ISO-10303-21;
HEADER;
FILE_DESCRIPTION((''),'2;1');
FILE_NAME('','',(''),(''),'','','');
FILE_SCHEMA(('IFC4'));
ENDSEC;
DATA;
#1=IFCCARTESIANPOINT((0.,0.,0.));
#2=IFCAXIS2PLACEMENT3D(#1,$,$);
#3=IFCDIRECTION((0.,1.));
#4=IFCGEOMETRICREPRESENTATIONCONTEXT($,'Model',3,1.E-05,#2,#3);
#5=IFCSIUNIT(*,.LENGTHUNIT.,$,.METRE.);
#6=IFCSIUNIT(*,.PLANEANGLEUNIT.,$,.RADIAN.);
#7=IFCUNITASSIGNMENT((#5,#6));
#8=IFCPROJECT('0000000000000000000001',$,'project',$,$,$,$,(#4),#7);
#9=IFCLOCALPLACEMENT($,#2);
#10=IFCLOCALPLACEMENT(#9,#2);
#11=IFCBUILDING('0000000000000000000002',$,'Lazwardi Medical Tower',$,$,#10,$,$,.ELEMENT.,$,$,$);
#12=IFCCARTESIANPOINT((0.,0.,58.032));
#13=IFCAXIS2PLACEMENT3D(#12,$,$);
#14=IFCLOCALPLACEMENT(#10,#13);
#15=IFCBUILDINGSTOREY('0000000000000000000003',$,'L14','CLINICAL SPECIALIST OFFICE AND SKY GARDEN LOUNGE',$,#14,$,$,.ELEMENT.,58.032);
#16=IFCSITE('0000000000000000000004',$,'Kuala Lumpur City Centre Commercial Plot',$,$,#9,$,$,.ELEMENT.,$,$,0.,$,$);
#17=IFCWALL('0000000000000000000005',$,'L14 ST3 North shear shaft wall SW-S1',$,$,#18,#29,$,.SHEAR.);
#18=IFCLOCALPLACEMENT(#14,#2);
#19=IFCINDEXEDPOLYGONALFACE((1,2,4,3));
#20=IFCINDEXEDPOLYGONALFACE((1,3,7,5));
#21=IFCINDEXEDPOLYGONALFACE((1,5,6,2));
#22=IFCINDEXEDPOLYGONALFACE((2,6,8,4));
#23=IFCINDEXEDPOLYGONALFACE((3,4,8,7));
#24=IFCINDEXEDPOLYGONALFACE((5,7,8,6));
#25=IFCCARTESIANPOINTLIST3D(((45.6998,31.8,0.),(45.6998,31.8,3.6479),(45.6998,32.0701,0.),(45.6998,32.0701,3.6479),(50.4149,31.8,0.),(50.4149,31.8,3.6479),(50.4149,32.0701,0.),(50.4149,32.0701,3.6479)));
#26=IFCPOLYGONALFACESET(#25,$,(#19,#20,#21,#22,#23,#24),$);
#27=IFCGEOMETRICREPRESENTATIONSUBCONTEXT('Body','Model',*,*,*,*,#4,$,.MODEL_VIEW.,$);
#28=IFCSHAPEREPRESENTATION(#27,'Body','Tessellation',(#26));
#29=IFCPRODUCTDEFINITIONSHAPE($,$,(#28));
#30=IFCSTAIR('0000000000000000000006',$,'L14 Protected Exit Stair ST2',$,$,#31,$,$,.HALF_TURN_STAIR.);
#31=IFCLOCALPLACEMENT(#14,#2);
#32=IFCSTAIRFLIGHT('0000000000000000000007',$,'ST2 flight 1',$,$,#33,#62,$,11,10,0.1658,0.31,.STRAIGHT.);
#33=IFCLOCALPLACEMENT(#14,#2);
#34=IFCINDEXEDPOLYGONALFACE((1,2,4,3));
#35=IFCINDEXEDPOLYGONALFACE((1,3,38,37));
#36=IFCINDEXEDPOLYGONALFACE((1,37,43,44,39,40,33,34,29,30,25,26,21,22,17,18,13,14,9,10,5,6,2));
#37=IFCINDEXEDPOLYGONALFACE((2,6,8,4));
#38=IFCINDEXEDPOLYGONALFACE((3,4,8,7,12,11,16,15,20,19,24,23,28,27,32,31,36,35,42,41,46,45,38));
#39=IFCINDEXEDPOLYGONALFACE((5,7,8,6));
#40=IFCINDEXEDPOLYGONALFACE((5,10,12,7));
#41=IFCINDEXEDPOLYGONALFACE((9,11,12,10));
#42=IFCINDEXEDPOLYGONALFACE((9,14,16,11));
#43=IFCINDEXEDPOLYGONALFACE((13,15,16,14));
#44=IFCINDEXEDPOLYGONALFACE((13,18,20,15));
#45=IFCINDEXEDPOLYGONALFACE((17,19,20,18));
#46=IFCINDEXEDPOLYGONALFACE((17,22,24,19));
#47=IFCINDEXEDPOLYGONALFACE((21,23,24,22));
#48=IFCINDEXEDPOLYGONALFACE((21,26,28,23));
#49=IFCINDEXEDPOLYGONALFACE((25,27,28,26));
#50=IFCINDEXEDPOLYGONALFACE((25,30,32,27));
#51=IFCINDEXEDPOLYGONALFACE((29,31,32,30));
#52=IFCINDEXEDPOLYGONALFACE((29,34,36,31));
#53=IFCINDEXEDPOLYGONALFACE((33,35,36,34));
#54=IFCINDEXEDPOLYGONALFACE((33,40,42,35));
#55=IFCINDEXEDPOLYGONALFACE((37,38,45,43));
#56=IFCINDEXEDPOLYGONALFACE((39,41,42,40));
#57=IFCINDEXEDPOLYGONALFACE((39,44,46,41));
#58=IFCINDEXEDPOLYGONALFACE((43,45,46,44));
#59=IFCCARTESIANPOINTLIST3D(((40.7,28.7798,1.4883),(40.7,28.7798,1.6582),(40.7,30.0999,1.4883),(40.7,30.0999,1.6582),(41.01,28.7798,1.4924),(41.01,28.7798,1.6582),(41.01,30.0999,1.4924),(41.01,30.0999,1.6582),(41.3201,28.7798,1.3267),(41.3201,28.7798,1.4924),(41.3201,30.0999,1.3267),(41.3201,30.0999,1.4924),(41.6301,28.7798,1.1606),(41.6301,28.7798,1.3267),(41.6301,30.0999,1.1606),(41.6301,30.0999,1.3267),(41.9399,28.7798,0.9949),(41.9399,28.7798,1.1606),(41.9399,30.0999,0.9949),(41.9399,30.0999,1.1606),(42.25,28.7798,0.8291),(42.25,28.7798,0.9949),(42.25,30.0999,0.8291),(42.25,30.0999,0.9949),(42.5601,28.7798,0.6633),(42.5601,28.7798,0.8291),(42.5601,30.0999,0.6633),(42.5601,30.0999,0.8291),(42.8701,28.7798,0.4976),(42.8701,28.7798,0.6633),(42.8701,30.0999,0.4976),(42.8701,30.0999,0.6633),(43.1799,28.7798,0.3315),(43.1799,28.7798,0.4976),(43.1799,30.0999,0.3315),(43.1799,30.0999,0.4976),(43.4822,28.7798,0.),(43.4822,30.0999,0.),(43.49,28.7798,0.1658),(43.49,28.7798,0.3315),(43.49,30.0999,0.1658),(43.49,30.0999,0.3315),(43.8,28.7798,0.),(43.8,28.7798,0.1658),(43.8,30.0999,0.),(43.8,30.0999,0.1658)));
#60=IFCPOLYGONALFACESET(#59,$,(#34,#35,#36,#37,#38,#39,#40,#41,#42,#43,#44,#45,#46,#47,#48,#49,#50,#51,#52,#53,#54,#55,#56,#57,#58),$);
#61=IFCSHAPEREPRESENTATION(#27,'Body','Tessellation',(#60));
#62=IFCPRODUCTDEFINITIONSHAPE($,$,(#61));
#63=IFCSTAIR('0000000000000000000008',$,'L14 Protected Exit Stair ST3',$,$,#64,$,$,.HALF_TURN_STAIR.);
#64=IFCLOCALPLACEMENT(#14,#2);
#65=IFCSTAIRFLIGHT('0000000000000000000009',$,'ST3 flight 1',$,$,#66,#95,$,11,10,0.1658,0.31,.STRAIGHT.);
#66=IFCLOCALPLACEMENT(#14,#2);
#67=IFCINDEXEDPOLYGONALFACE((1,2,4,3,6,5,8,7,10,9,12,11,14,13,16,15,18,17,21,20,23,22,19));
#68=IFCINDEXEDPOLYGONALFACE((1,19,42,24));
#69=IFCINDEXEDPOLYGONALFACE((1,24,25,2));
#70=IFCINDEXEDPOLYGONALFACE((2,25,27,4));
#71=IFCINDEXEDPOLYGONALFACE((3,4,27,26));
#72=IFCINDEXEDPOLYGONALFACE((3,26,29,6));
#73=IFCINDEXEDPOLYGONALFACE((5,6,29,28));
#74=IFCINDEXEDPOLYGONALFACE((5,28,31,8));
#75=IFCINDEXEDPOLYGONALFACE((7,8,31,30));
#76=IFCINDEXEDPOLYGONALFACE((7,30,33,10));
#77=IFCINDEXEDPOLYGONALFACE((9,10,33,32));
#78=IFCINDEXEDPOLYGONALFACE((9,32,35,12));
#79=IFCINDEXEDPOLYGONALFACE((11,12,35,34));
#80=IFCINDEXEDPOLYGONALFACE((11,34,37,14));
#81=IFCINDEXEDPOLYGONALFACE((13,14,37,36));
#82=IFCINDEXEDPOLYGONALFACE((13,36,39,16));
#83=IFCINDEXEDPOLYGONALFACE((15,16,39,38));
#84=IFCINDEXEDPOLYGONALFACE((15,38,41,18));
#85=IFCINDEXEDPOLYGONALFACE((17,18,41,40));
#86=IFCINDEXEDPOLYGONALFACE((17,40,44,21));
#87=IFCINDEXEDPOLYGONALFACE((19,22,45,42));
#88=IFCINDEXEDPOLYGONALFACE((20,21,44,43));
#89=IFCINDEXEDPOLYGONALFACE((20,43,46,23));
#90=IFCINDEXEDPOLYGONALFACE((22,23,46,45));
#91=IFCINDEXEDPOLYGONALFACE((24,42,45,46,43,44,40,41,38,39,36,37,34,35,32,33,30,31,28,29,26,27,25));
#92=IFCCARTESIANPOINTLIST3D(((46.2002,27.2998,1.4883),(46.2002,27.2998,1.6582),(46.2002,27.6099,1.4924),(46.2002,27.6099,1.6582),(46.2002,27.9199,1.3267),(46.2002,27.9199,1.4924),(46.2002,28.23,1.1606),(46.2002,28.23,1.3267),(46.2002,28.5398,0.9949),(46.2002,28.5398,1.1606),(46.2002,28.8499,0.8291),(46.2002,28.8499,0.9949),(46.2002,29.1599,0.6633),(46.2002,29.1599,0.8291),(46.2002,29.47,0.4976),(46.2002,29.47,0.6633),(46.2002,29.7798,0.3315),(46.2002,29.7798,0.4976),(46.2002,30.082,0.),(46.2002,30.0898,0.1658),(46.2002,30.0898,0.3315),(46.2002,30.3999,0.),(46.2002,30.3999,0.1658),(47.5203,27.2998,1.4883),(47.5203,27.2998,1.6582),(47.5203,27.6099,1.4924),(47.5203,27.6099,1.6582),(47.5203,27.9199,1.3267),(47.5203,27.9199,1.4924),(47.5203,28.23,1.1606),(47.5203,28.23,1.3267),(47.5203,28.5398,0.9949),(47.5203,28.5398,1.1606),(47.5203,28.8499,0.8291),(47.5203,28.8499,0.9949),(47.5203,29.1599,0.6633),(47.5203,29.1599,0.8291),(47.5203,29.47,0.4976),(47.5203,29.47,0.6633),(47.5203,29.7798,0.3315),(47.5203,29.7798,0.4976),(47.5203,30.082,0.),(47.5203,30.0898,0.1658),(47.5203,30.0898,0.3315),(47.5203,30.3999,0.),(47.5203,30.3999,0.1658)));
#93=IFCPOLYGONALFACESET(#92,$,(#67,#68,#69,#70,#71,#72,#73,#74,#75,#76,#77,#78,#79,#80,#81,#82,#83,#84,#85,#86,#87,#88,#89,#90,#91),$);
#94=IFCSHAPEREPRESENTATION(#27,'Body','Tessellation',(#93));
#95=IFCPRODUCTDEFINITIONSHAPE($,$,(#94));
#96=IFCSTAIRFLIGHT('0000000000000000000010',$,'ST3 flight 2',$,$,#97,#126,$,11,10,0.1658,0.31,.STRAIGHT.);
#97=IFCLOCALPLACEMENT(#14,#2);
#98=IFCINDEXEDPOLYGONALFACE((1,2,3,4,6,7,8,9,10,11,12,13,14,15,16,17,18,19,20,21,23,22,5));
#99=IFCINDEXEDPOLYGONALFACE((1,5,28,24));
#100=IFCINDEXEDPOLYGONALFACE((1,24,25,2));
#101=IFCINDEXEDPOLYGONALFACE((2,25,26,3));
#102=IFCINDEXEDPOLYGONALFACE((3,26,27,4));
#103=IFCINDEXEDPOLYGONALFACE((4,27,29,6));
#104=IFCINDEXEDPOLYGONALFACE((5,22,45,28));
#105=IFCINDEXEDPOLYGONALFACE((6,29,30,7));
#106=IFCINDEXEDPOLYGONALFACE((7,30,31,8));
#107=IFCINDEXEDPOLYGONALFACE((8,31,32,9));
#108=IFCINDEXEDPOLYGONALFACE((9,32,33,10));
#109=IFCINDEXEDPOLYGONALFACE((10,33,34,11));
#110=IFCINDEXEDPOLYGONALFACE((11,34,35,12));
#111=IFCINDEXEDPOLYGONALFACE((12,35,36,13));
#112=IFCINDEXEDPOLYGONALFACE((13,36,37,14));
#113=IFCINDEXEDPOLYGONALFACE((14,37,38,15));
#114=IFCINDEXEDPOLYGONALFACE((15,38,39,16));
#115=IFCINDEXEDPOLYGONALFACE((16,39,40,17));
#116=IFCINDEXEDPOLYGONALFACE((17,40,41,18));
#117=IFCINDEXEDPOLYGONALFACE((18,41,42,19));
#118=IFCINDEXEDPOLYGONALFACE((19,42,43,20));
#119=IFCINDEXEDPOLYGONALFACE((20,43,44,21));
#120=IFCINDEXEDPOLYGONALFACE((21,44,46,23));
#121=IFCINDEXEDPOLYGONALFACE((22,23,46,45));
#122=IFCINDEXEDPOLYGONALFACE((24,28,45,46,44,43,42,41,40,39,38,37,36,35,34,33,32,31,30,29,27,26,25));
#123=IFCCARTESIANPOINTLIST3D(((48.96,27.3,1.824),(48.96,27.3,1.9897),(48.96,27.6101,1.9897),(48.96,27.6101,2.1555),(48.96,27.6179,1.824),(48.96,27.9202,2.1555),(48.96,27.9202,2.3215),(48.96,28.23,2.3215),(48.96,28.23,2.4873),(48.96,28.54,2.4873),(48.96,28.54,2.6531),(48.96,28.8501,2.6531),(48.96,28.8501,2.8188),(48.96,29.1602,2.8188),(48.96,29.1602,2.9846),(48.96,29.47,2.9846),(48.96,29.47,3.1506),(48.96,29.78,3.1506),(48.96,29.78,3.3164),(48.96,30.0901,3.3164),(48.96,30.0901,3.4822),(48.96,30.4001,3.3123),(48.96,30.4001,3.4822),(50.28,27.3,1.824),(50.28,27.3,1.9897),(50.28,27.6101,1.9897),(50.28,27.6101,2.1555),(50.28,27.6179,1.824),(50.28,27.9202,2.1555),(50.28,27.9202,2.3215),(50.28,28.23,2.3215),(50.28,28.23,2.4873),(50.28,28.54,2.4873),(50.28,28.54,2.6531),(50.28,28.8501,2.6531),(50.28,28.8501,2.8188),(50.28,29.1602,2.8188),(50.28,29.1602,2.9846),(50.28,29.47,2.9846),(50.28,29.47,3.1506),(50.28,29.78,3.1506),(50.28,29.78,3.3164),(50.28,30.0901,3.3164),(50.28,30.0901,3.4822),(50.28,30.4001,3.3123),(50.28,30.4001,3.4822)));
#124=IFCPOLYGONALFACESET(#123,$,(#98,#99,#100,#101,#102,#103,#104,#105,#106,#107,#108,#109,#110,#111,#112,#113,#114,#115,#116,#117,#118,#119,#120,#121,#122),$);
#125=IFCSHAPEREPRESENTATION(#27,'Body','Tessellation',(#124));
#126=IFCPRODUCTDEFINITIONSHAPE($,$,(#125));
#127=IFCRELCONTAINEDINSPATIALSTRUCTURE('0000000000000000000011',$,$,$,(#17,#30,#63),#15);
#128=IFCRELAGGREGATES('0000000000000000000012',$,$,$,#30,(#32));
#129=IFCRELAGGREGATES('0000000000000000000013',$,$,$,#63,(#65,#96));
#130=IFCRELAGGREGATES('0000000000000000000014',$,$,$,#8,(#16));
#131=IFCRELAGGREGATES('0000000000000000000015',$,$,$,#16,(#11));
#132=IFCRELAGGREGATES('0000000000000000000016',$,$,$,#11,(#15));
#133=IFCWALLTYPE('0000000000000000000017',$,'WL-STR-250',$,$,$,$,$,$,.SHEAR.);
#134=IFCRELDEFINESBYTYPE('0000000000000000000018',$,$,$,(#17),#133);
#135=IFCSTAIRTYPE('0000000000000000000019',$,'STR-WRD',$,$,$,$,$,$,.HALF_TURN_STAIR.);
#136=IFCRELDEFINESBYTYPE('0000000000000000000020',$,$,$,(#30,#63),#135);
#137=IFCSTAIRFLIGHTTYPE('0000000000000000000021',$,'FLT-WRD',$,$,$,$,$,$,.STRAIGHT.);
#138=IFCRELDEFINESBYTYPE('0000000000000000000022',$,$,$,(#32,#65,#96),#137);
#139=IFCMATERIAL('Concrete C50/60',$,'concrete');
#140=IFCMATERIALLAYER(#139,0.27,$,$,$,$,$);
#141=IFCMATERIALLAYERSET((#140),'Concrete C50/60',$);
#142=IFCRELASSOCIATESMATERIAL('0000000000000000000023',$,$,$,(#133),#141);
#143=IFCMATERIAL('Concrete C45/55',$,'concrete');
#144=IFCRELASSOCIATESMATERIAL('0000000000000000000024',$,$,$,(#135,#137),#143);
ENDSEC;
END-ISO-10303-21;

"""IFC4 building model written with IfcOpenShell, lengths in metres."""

from ifc_helpers import new_model, si_unit, direction, frame, frame_2d, origin, place, context, subcontext, project, spatial, polyline, rectangle, outline, extrude, material, layer, layer_set, type_object, element, aggregate, save


model = new_model("IFC4")

# Units and contexts
model_context = context("Model", 3, precision=1e-05, world=origin(), true_north=direction((0.0, 1.0)))
body_context = subcontext(model_context, "Body", "Model", "MODEL_VIEW")
ifc_project = project(units=[si_unit("LENGTHUNIT", "METRE"), si_unit("PLANEANGLEUNIT", "RADIAN")], contexts=[model_context])

# Site, building, storey
site_placement = place(None, origin())
site = spatial("IfcSite", under=ifc_project, at=site_placement, Name="Kuala Lumpur City Centre Commercial Plot", CompositionType="ELEMENT", RefElevation=0.0)
building_placement = place(site_placement, origin())
building = spatial("IfcBuilding", under=site, at=building_placement, Name="Lazwardi Medical Tower", CompositionType="ELEMENT")
storey_placement = place(building_placement, frame((0.0, 0.0, 58.032)))
storey = spatial("IfcBuildingStorey", under=building, at=storey_placement, Name="L14", Description="CLINICAL SPECIALIST OFFICE AND SKY GARDEN LOUNGE", CompositionType="ELEMENT", Elevation=58.032)

# Shared definitions
ifc_material_1 = material(Name="Concrete C50/60", Category="concrete")
ifc_layer_1 = layer(ifc_material_1, 0.27)
ifc_layer_set_1 = layer_set([ifc_layer_1], Name="Concrete C50/60")
wall_type_1 = type_object("IfcWallType", Name="WL-STR-250", PredefinedType="SHEAR", material=ifc_layer_set_1)

# Wall
wall_1_placement = place(storey_placement, frame((45.7, 31.9351, 0.0), z_axis=(0.0, 0.0, 1.0), x_axis=(1.0, 0.0, 0.0)))
element("IfcWall", 1, at=wall_1_placement, inside=storey, type_object=wall_type_1, Name="L14 ST3 North shear shaft wall SW-S1", PredefinedType="SHEAR", context=body_context, shape_type="SweptSolid", body=[
    extrude(rectangle(XDim=4.7151, YDim=0.27, at=frame_2d((2.3574, 0.0))), origin(), (0.0, 0.0, 1.0), 3.6479),
])

# Stair, stair flight
ifc_material_2 = material(Name="Concrete C45/55", Category="concrete")
stair_type = type_object("IfcStairType", Name="STR-WRD", PredefinedType="HALF_TURN_STAIR", material=ifc_material_2)
stair_1_placement = place(storey_placement, origin())
stair_1 = element("IfcStair", 2, at=stair_1_placement, inside=storey, type_object=stair_type, Name="L14 Protected Exit Stair ST2", PredefinedType="HALF_TURN_STAIR")
stair_flight_type = type_object("IfcStairFlightType", Name="FLT-WRD", PredefinedType="STRAIGHT", material=ifc_material_2)
stair_flight_1_placement = place(storey_placement, frame((43.8, 29.4399, 0.0), z_axis=(0.0, 0.0, 1.0), x_axis=(-1.0, 0.0, 0.0)))
stair_flight_1 = element("IfcStairFlight", 3, at=stair_flight_1_placement, type_object=stair_flight_type, Name="ST2 flight 1", NumberOfRisers=11, NumberOfTreads=10, PredefinedType="STRAIGHT", RiserHeight=0.1658, TreadLength=0.31, context=body_context, shape_type="SweptSolid", body=[
    extrude(outline(polyline([(0.0, 0.0), (0.0, 0.1658), (0.3101, 0.1658), (0.3101, 0.3315), (0.6201, 0.3315), (0.6201, 0.4976), (0.9299, 0.4976), (0.9299, 0.6633), (1.24, 0.6633), (1.24, 0.8291), (1.55, 0.8291), (1.55, 0.9949), (1.8601, 0.9949), (1.8601, 1.1606), (2.1699, 1.1606), (2.1699, 1.3267), (2.48, 1.3267), (2.48, 1.4924), (2.79, 1.4924), (2.79, 1.6582), (3.1001, 1.6582), (3.1001, 1.824), (3.1001, 1.4883), (0.3179, 0.0), (0.0, 0.0)])), frame((0.0, 0.6602, 0.0), z_axis=(0.0, -1.0, 0.0), x_axis=(1.0, 0.0, 0.0)), (0.0, 0.0, 1.0), 1.3201),
])
aggregate(stair_1, [stair_flight_1])

# Stair, stair flights
stair_2_placement = place(storey_placement, origin())
stair_2 = element("IfcStair", 4, at=stair_2_placement, inside=storey, type_object=stair_type, Name="L14 Protected Exit Stair ST3", PredefinedType="HALF_TURN_STAIR")
stair_flight_2_placement = place(storey_placement, frame((46.8601, 30.3999, 0.0), z_axis=(0.0, 0.0, 1.0), x_axis=(0.0, -1.0, 0.0)))
stair_flight_2 = element("IfcStairFlight", 5, at=stair_flight_2_placement, type_object=stair_flight_type, Name="ST3 flight 1", NumberOfRisers=11, NumberOfTreads=10, PredefinedType="STRAIGHT", RiserHeight=0.1658, TreadLength=0.31, context=body_context, shape_type="SweptSolid", body=[
    extrude(outline(polyline([(0.0, 0.0), (0.0, 0.1658), (0.3101, 0.1658), (0.3101, 0.3315), (0.6201, 0.3315), (0.6201, 0.4976), (0.9299, 0.4976), (0.9299, 0.6633), (1.24, 0.6633), (1.24, 0.8291), (1.55, 0.8291), (1.55, 0.9949), (1.8601, 0.9949), (1.8601, 1.1606), (2.1699, 1.1606), (2.1699, 1.3267), (2.48, 1.3267), (2.48, 1.4924), (2.79, 1.4924), (2.79, 1.6582), (3.1001, 1.6582), (3.1001, 1.824), (3.1001, 1.4883), (0.3179, 0.0), (0.0, 0.0)])), frame((0.0, 0.6602, 0.0), z_axis=(0.0, -1.0, 0.0), x_axis=(1.0, 0.0, 0.0)), (0.0, 0.0, 1.0), 1.3201),
])
stair_flight_3_placement = place(storey_placement, frame((49.6201, 27.3, 1.824), z_axis=(0.0, 0.0, 1.0), x_axis=(0.0, 1.0, 0.0)))
stair_flight_3 = element("IfcStairFlight", 6, at=stair_flight_3_placement, type_object=stair_flight_type, Name="ST3 flight 2", NumberOfRisers=11, NumberOfTreads=10, PredefinedType="STRAIGHT", RiserHeight=0.1658, TreadLength=0.31, context=body_context, shape_type="SweptSolid", body=[
    extrude(outline(polyline([(0.0, 0.0), (0.0, 0.1658), (0.3101, 0.1658), (0.3101, 0.3315), (0.6201, 0.3315), (0.6201, 0.4976), (0.9299, 0.4976), (0.9299, 0.6633), (1.24, 0.6633), (1.24, 0.8291), (1.55, 0.8291), (1.55, 0.9949), (1.8601, 0.9949), (1.8601, 1.1606), (2.1699, 1.1606), (2.1699, 1.3267), (2.48, 1.3267), (2.48, 1.4924), (2.79, 1.4924), (2.79, 1.6582), (3.1001, 1.6582), (3.1001, 1.824), (3.1001, 1.4883), (0.3179, 0.0), (0.0, 0.0)])), frame((0.0, 0.6602, 0.0), z_axis=(0.0, -1.0, 0.0), x_axis=(1.0, 0.0, 0.0)), (0.0, 0.0, 1.0), 1.3201),
])
aggregate(stair_2, [stair_flight_2, stair_flight_3])

save(model, "model.ifc")
